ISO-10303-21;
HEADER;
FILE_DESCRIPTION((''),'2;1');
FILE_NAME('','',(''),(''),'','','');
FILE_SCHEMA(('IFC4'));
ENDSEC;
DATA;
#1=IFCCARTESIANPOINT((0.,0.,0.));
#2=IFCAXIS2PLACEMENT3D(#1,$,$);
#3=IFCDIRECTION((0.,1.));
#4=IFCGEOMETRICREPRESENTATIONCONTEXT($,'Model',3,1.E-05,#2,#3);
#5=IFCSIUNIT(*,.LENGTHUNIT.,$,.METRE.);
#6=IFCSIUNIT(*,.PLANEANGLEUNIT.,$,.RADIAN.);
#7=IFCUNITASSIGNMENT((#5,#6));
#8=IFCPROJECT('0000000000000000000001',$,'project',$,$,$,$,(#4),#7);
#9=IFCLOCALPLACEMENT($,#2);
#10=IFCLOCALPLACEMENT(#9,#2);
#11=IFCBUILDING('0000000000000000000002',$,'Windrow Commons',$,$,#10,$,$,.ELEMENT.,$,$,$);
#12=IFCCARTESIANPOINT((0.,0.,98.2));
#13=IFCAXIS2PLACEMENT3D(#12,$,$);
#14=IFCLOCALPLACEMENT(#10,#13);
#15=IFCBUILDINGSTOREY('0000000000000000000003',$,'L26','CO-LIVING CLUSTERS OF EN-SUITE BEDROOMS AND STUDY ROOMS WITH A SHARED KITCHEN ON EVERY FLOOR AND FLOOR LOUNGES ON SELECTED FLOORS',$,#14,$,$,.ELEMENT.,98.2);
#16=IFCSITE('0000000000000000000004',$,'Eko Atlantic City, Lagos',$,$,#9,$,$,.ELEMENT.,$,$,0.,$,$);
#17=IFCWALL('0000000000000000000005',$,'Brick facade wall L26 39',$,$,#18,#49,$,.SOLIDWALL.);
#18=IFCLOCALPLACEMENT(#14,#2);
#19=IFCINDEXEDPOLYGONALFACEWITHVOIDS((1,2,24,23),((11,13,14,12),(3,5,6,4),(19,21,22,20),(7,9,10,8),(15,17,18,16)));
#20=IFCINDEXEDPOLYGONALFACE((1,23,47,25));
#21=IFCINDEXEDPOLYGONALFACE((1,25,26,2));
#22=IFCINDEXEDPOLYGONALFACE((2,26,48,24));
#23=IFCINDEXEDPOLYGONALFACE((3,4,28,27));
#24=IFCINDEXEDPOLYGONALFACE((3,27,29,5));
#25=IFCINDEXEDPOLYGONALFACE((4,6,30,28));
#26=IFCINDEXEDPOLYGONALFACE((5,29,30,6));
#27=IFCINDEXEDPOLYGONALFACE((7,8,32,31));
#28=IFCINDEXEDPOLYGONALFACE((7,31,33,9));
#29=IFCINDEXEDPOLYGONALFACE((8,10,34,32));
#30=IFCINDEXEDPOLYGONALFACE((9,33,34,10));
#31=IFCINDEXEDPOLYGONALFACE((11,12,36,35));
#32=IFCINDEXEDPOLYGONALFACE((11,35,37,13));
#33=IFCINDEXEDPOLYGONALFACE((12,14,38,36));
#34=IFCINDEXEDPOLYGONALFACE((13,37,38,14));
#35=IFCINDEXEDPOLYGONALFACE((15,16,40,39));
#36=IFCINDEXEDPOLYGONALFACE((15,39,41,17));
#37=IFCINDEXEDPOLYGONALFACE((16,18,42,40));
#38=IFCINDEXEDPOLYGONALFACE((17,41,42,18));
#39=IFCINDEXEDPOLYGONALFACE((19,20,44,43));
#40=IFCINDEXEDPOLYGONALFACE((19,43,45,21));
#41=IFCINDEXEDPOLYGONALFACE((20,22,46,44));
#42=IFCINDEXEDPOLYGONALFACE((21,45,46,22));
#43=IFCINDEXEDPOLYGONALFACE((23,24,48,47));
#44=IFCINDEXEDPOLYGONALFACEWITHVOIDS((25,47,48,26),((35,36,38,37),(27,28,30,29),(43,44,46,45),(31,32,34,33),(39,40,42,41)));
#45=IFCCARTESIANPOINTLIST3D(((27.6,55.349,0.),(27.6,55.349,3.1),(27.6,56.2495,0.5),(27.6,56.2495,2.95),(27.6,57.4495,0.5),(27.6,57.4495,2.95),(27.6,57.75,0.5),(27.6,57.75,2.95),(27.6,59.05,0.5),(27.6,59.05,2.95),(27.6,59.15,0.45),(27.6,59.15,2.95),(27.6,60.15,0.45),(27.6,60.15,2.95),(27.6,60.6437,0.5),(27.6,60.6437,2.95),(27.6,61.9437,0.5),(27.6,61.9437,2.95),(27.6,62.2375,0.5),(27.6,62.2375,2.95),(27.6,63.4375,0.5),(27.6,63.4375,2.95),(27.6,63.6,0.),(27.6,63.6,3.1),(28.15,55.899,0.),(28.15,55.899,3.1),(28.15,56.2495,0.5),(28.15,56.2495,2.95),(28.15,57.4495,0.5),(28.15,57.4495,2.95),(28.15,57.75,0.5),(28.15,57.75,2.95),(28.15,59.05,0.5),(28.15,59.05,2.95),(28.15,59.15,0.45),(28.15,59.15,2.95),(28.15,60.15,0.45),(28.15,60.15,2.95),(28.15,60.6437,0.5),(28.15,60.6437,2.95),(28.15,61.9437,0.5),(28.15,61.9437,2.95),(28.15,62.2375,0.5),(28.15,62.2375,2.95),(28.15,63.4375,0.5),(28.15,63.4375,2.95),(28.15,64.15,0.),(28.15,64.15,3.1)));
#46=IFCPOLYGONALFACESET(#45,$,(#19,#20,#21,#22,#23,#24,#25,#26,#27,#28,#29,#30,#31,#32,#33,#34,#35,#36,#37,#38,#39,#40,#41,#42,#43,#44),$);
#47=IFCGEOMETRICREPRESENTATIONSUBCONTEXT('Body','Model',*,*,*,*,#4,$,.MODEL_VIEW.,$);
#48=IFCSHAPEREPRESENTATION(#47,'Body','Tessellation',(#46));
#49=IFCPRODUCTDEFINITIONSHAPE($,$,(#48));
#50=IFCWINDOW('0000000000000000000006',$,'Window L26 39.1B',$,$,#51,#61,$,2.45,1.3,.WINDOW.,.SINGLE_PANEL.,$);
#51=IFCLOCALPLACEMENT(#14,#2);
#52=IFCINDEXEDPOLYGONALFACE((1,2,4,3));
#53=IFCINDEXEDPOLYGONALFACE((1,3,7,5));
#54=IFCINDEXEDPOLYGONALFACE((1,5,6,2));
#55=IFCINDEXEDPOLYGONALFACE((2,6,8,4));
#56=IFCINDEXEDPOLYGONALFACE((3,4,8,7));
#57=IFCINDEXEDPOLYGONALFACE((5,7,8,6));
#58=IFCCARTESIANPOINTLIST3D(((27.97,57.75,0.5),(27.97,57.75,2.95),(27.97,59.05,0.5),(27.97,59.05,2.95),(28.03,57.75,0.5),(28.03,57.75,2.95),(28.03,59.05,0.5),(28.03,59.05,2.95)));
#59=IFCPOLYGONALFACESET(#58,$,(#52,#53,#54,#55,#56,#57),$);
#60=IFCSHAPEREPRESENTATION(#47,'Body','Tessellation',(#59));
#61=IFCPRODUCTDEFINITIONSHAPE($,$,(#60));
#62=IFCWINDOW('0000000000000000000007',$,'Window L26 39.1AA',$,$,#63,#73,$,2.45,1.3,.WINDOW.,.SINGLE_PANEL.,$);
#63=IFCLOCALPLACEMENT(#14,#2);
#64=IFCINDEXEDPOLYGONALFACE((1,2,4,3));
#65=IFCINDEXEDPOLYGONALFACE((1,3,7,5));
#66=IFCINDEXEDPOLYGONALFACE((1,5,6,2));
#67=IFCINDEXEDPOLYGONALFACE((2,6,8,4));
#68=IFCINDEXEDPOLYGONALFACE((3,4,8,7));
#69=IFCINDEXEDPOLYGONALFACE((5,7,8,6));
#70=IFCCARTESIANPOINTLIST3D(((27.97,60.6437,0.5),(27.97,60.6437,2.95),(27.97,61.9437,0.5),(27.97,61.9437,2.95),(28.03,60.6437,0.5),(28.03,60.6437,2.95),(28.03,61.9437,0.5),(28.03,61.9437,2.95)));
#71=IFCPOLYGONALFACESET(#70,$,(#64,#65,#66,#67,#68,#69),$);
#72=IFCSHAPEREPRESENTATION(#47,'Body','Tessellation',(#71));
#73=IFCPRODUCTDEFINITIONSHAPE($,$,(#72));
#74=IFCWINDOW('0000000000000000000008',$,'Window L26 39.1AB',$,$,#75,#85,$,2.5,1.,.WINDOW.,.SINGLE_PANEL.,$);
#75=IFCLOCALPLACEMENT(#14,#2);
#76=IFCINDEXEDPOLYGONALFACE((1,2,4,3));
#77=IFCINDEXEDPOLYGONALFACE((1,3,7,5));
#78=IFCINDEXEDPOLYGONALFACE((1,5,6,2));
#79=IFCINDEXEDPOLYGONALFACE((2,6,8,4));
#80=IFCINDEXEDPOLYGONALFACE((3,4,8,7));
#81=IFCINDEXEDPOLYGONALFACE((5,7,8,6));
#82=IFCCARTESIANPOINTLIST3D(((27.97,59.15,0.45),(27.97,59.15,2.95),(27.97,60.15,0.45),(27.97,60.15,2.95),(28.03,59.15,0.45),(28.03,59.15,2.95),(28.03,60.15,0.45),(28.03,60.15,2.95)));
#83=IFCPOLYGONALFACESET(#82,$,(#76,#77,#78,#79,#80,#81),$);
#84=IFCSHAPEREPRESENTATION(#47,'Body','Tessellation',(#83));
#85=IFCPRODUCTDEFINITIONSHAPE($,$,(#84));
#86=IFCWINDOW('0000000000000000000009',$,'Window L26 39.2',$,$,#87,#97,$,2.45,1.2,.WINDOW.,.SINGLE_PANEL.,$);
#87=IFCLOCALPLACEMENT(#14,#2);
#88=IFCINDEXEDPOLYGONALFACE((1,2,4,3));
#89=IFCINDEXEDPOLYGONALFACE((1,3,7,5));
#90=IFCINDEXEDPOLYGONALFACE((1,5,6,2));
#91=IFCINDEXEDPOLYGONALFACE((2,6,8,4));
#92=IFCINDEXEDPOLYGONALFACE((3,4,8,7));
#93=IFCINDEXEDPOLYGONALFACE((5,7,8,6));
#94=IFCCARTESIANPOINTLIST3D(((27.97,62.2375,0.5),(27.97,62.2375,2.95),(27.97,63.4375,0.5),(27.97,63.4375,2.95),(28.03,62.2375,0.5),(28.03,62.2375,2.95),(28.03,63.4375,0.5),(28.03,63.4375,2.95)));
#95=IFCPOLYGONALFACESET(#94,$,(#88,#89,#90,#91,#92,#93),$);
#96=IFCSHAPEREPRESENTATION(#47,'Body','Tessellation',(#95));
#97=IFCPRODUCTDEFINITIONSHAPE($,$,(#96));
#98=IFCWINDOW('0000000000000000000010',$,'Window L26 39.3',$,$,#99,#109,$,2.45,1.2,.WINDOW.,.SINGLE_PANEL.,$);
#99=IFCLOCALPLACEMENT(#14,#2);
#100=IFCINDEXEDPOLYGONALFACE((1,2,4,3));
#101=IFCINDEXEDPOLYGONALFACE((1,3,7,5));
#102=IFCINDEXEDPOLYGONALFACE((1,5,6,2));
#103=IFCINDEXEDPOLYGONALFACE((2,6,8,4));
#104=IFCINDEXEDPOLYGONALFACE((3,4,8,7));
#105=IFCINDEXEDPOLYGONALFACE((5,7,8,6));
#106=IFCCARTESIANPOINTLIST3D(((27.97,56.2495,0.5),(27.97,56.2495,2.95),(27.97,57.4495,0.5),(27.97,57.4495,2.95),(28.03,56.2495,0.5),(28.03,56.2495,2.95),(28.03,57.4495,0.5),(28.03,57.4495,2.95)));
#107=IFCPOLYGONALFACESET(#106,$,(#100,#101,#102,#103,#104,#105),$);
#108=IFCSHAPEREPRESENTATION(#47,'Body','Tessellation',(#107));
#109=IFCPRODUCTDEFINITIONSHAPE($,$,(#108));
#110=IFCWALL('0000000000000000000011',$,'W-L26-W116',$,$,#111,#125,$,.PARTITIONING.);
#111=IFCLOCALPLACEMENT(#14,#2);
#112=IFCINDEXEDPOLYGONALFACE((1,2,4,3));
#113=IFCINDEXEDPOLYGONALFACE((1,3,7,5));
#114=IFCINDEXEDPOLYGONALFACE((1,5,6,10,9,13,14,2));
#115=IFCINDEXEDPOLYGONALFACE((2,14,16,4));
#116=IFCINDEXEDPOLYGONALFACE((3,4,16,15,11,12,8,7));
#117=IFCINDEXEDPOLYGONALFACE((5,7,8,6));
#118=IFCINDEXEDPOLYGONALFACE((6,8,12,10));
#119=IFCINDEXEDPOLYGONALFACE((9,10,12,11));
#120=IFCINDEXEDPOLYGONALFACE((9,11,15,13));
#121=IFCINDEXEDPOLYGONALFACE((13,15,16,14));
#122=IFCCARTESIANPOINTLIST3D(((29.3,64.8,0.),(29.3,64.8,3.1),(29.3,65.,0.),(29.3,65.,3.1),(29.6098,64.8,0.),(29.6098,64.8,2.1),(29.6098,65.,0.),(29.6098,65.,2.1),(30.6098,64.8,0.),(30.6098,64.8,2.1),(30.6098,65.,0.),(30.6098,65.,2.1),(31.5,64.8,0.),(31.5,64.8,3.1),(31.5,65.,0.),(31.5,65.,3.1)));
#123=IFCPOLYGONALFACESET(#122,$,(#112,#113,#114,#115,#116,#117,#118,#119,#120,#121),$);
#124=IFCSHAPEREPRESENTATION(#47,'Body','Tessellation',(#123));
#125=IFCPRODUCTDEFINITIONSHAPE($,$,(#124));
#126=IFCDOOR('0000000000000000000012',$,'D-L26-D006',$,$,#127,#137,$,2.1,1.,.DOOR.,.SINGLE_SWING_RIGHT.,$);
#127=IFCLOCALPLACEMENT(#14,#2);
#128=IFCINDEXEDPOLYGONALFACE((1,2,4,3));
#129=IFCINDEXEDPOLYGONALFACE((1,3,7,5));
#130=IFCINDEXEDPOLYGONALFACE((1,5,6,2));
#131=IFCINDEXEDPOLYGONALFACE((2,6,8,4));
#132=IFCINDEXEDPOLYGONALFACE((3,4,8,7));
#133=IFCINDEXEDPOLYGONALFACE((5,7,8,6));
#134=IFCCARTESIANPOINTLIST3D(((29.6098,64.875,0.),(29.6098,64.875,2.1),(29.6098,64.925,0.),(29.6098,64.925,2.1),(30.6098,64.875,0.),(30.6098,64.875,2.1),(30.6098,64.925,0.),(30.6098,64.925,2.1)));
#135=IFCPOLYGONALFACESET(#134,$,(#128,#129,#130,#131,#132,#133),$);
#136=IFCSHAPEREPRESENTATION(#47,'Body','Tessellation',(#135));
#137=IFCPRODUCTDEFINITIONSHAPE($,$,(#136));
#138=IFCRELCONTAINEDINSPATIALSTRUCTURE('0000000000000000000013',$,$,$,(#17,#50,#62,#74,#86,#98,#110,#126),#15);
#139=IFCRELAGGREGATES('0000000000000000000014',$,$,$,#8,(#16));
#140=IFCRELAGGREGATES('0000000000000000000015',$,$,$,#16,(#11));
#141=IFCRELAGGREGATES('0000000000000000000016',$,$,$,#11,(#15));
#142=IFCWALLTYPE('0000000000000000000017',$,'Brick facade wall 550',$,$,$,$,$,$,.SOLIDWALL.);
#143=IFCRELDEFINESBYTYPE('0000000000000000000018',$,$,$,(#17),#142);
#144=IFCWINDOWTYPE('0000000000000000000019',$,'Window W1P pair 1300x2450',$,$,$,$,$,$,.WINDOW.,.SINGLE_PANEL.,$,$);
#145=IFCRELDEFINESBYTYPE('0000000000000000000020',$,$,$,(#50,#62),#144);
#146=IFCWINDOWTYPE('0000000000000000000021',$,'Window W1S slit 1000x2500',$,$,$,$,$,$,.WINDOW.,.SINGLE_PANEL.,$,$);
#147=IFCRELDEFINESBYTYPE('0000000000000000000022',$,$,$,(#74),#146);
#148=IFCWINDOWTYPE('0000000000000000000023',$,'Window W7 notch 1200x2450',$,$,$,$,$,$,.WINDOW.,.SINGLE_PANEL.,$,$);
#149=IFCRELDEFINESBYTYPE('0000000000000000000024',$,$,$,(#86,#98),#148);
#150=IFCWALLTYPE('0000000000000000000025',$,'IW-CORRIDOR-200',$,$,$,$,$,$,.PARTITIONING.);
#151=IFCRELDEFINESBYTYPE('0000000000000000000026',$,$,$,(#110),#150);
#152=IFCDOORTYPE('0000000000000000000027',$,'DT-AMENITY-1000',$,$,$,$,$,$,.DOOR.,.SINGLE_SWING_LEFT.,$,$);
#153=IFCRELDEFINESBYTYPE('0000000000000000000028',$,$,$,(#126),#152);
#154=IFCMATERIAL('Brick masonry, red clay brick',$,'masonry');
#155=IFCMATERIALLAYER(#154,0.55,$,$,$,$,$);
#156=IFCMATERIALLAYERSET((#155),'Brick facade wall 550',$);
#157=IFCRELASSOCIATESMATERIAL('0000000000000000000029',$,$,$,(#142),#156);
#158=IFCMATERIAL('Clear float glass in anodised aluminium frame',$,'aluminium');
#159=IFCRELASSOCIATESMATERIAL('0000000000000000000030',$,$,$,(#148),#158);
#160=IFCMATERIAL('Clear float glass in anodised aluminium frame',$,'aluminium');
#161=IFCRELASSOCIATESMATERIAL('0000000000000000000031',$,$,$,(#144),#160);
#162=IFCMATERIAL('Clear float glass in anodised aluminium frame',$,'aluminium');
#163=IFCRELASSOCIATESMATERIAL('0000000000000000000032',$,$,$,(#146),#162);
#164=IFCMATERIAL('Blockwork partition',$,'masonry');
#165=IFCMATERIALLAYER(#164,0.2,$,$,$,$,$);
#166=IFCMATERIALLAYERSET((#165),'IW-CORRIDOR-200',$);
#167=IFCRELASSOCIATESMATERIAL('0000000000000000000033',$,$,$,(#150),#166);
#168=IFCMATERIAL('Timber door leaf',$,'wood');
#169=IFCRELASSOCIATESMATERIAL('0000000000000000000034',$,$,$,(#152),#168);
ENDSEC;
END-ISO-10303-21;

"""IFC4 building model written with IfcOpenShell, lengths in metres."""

from ifc_helpers import new_model, si_unit, direction, frame, frame_2d, origin, place, context, subcontext, project, spatial, polyline, rectangle, outline, extrude, material, layer, layer_set, type_object, element, fill, save


model = new_model("IFC4")

# Units and contexts
model_context = context("Model", 3, precision=1e-05, world=origin(), true_north=direction((0.0, 1.0)))
body_context = subcontext(model_context, "Body", "Model", "MODEL_VIEW")
ifc_project = project(units=[si_unit("LENGTHUNIT", "METRE"), si_unit("PLANEANGLEUNIT", "RADIAN")], contexts=[model_context])

# Site, building, storey
site_placement = place(None, origin())
site = spatial("IfcSite", under=ifc_project, at=site_placement, Name="Eko Atlantic City, Lagos", CompositionType="ELEMENT", RefElevation=0.0)
building_placement = place(site_placement, origin())
building = spatial("IfcBuilding", under=site, at=building_placement, Name="Windrow Commons", CompositionType="ELEMENT")
storey_placement = place(building_placement, frame((0.0, 0.0, 98.2)))
storey = spatial("IfcBuildingStorey", under=building, at=storey_placement, Name="L26", Description="CO-LIVING CLUSTERS OF EN-SUITE BEDROOMS AND STUDY ROOMS WITH A SHARED KITCHEN ON EVERY FLOOR AND FLOOR LOUNGES ON SELECTED FLOORS", CompositionType="ELEMENT", Elevation=98.2)

# Wall, openings, windows
ifc_material_1 = material(Name="Brick masonry, red clay brick", Category="masonry")
ifc_layer_1 = layer(ifc_material_1, 0.55)
ifc_layer_set_1 = layer_set([ifc_layer_1], Name="Brick facade wall 550")
wall_type_1 = type_object("IfcWallType", Name="Brick facade wall 550", PredefinedType="SOLIDWALL", material=ifc_layer_set_1)
ifc_material_2 = material(Name="Clear float glass in anodised aluminium frame", Category="aluminium")
window_type_1 = type_object("IfcWindowType", Name="Window W7 notch 1200x2450", PartitioningType="SINGLE_PANEL", PredefinedType="WINDOW", material=ifc_material_2)
wall_1_placement = place(storey_placement, frame((27.875, 63.875, 0.0), z_axis=(0.0, 0.0, 1.0), x_axis=(0.0, -1.0, 0.0)))
wall_1 = element("IfcWall", 1, at=wall_1_placement, inside=storey, type_object=wall_type_1, Name="Brick facade wall L26 39", PredefinedType="SOLIDWALL", context=body_context, shape_type="SweptSolid", body=[
    extrude(outline(polyline([(0.275, -0.275), (8.526, -0.275), (7.976, 0.275), (-0.275, 0.275), (0.275, -0.275)])), origin(), (0.0, 0.0, 1.0), 3.1),
])
opening_1_placement = place(wall_1_placement, frame((4.825, 0.0, 0.5)))
opening_1 = element("IfcOpeningElement", 2, at=opening_1_placement, cuts=wall_1, PredefinedType="OPENING", context=body_context, shape_type="SweptSolid", body=[
    extrude(rectangle(XDim=1.3, YDim=2.45, at=frame_2d((0.65, 1.225))), frame((0.0, 0.285, 0.0), z_axis=(0.0, -1.0, 0.0), x_axis=(1.0, 0.0, 0.0)), (0.0, 0.0, 1.0), 0.57),
])
opening_2_placement = place(wall_1_placement, frame((0.4375, 0.0, 0.5)))
opening_2 = element("IfcOpeningElement", 3, at=opening_2_placement, cuts=wall_1, PredefinedType="OPENING", context=body_context, shape_type="SweptSolid", body=[
    extrude(rectangle(XDim=1.2, YDim=2.45, at=frame_2d((0.6, 1.225))), frame((0.0, 0.285, 0.0), z_axis=(0.0, -1.0, 0.0), x_axis=(1.0, 0.0, 0.0)), (0.0, 0.0, 1.0), 0.57),
])
opening_3_placement = place(wall_1_placement, frame((6.4255, 0.0, 0.5)))
opening_3 = element("IfcOpeningElement", 4, at=opening_3_placement, cuts=wall_1, PredefinedType="OPENING", context=body_context, shape_type="SweptSolid", body=[
    extrude(rectangle(XDim=1.2, YDim=2.45, at=frame_2d((0.6, 1.225))), frame((0.0, 0.285, 0.0), z_axis=(0.0, -1.0, 0.0), x_axis=(1.0, 0.0, 0.0)), (0.0, 0.0, 1.0), 0.57),
])
opening_4_placement = place(wall_1_placement, frame((1.9313, 0.0, 0.5)))
opening_4 = element("IfcOpeningElement", 5, at=opening_4_placement, cuts=wall_1, PredefinedType="OPENING", context=body_context, shape_type="SweptSolid", body=[
    extrude(rectangle(XDim=1.3, YDim=2.45, at=frame_2d((0.65, 1.225))), frame((0.0, 0.285, 0.0), z_axis=(0.0, -1.0, 0.0), x_axis=(1.0, 0.0, 0.0)), (0.0, 0.0, 1.0), 0.57),
])
opening_5_placement = place(wall_1_placement, frame((3.725, 0.0, 0.45)))
opening_5 = element("IfcOpeningElement", 6, at=opening_5_placement, cuts=wall_1, PredefinedType="OPENING", context=body_context, shape_type="SweptSolid", body=[
    extrude(rectangle(XDim=1.0, YDim=2.5, at=frame_2d((0.5, 1.25))), frame((0.0, 0.285, 0.0), z_axis=(0.0, -1.0, 0.0), x_axis=(1.0, 0.0, 0.0)), (0.0, 0.0, 1.0), 0.57),
])
ifc_material_3 = material(Name="Clear float glass in anodised aluminium frame", Category="aluminium")
window_type_2 = type_object("IfcWindowType", Name="Window W1P pair 1300x2450", PartitioningType="SINGLE_PANEL", PredefinedType="WINDOW", material=ifc_material_3)
window_1_placement = place(opening_1_placement, origin())
window_1 = element("IfcWindow", 7, at=window_1_placement, inside=storey, type_object=window_type_2, Name="Window L26 39.1B", OverallHeight=2.45, OverallWidth=1.3, PartitioningType="SINGLE_PANEL", PredefinedType="WINDOW", context=body_context, shape_type="SweptSolid", body=[
    extrude(rectangle(XDim=1.3, YDim=2.45, at=frame_2d((0.65, 1.225))), frame((0.0, 0.155, 0.0), z_axis=(0.0, -1.0, 0.0), x_axis=(1.0, 0.0, 0.0)), (0.0, 0.0, 1.0), 0.06),
])
fill(opening_1, window_1)
window_2_placement = place(opening_4_placement, origin())
window_2 = element("IfcWindow", 8, at=window_2_placement, inside=storey, type_object=window_type_2, Name="Window L26 39.1AA", OverallHeight=2.45, OverallWidth=1.3, PartitioningType="SINGLE_PANEL", PredefinedType="WINDOW", context=body_context, shape_type="SweptSolid", body=[
    extrude(rectangle(XDim=1.3, YDim=2.45, at=frame_2d((0.65, 1.225))), frame((0.0, 0.155, 0.0), z_axis=(0.0, -1.0, 0.0), x_axis=(1.0, 0.0, 0.0)), (0.0, 0.0, 1.0), 0.06),
])
fill(opening_4, window_2)
ifc_material_4 = material(Name="Clear float glass in anodised aluminium frame", Category="aluminium")
window_type_3 = type_object("IfcWindowType", Name="Window W1S slit 1000x2500", PartitioningType="SINGLE_PANEL", PredefinedType="WINDOW", material=ifc_material_4)
window_3_placement = place(opening_5_placement, origin())
window_3 = element("IfcWindow", 9, at=window_3_placement, inside=storey, type_object=window_type_3, Name="Window L26 39.1AB", OverallHeight=2.5, OverallWidth=1.0, PartitioningType="SINGLE_PANEL", PredefinedType="WINDOW", context=body_context, shape_type="SweptSolid", body=[
    extrude(rectangle(XDim=1.0, YDim=2.5, at=frame_2d((0.5, 1.25))), frame((0.0, 0.155, 0.0), z_axis=(0.0, -1.0, 0.0), x_axis=(1.0, 0.0, 0.0)), (0.0, 0.0, 1.0), 0.06),
])
fill(opening_5, window_3)
window_4_placement = place(opening_2_placement, origin())
window_4 = element("IfcWindow", 10, at=window_4_placement, inside=storey, type_object=window_type_1, Name="Window L26 39.2", OverallHeight=2.45, OverallWidth=1.2, PartitioningType="SINGLE_PANEL", PredefinedType="WINDOW", context=body_context, shape_type="SweptSolid", body=[
    extrude(rectangle(XDim=1.2, YDim=2.45, at=frame_2d((0.6, 1.225))), frame((0.0, 0.155, 0.0), z_axis=(0.0, -1.0, 0.0), x_axis=(1.0, 0.0, 0.0)), (0.0, 0.0, 1.0), 0.06),
])
fill(opening_2, window_4)
window_5_placement = place(opening_3_placement, origin())
window_5 = element("IfcWindow", 11, at=window_5_placement, inside=storey, type_object=window_type_1, Name="Window L26 39.3", OverallHeight=2.45, OverallWidth=1.2, PartitioningType="SINGLE_PANEL", PredefinedType="WINDOW", context=body_context, shape_type="SweptSolid", body=[
    extrude(rectangle(XDim=1.2, YDim=2.45, at=frame_2d((0.6, 1.225))), frame((0.0, 0.155, 0.0), z_axis=(0.0, -1.0, 0.0), x_axis=(1.0, 0.0, 0.0)), (0.0, 0.0, 1.0), 0.06),
])
fill(opening_3, window_5)

# Wall, opening, door
ifc_material_5 = material(Name="Blockwork partition", Category="masonry")
ifc_layer_2 = layer(ifc_material_5, 0.2)
ifc_layer_set_2 = layer_set([ifc_layer_2], Name="IW-CORRIDOR-200")
wall_type_2 = type_object("IfcWallType", Name="IW-CORRIDOR-200", PredefinedType="PARTITIONING", material=ifc_layer_set_2)
wall_2_placement = place(storey_placement, frame((29.3, 64.9, 0.0), z_axis=(0.0, 0.0, 1.0), x_axis=(1.0, 0.0, 0.0)))
wall_2 = element("IfcWall", 12, at=wall_2_placement, inside=storey, type_object=wall_type_2, Name="W-L26-W116", PredefinedType="PARTITIONING", context=body_context, shape_type="SweptSolid", body=[
    extrude(rectangle(XDim=2.2, YDim=0.2, at=frame_2d((1.1, 0.0))), origin(), (0.0, 0.0, 1.0), 3.1),
])
opening_6_placement = place(wall_2_placement, frame((0.3098, 0.0, 0.0)))
opening_6 = element("IfcOpeningElement", 13, at=opening_6_placement, cuts=wall_2, PredefinedType="OPENING", context=body_context, shape_type="SweptSolid", body=[
    extrude(rectangle(XDim=1.0, YDim=2.1, at=frame_2d((0.5, 1.05))), frame((0.0, 0.11, 0.0), z_axis=(0.0, -1.0, 0.0), x_axis=(1.0, 0.0, 0.0)), (0.0, 0.0, 1.0), 0.22),
])
ifc_material_6 = material(Name="Timber door leaf", Category="wood")
door_type_1 = type_object("IfcDoorType", Name="DT-AMENITY-1000", OperationType="SINGLE_SWING_LEFT", PredefinedType="DOOR", material=ifc_material_6)
door_1_placement = place(opening_6_placement, origin())
door_1 = element("IfcDoor", 14, at=door_1_placement, inside=storey, type_object=door_type_1, Name="D-L26-D006", OperationType="SINGLE_SWING_RIGHT", OverallHeight=2.1, OverallWidth=1.0, PredefinedType="DOOR", context=body_context, shape_type="SweptSolid", body=[
    extrude(rectangle(XDim=1.0, YDim=2.1, at=frame_2d((0.5, 1.05))), frame((0.0, 0.025, 0.0), z_axis=(0.0, -1.0, 0.0), x_axis=(1.0, 0.0, 0.0)), (0.0, 0.0, 1.0), 0.05),
])
fill(opening_6, door_1)

save(model, "model.ifc")
